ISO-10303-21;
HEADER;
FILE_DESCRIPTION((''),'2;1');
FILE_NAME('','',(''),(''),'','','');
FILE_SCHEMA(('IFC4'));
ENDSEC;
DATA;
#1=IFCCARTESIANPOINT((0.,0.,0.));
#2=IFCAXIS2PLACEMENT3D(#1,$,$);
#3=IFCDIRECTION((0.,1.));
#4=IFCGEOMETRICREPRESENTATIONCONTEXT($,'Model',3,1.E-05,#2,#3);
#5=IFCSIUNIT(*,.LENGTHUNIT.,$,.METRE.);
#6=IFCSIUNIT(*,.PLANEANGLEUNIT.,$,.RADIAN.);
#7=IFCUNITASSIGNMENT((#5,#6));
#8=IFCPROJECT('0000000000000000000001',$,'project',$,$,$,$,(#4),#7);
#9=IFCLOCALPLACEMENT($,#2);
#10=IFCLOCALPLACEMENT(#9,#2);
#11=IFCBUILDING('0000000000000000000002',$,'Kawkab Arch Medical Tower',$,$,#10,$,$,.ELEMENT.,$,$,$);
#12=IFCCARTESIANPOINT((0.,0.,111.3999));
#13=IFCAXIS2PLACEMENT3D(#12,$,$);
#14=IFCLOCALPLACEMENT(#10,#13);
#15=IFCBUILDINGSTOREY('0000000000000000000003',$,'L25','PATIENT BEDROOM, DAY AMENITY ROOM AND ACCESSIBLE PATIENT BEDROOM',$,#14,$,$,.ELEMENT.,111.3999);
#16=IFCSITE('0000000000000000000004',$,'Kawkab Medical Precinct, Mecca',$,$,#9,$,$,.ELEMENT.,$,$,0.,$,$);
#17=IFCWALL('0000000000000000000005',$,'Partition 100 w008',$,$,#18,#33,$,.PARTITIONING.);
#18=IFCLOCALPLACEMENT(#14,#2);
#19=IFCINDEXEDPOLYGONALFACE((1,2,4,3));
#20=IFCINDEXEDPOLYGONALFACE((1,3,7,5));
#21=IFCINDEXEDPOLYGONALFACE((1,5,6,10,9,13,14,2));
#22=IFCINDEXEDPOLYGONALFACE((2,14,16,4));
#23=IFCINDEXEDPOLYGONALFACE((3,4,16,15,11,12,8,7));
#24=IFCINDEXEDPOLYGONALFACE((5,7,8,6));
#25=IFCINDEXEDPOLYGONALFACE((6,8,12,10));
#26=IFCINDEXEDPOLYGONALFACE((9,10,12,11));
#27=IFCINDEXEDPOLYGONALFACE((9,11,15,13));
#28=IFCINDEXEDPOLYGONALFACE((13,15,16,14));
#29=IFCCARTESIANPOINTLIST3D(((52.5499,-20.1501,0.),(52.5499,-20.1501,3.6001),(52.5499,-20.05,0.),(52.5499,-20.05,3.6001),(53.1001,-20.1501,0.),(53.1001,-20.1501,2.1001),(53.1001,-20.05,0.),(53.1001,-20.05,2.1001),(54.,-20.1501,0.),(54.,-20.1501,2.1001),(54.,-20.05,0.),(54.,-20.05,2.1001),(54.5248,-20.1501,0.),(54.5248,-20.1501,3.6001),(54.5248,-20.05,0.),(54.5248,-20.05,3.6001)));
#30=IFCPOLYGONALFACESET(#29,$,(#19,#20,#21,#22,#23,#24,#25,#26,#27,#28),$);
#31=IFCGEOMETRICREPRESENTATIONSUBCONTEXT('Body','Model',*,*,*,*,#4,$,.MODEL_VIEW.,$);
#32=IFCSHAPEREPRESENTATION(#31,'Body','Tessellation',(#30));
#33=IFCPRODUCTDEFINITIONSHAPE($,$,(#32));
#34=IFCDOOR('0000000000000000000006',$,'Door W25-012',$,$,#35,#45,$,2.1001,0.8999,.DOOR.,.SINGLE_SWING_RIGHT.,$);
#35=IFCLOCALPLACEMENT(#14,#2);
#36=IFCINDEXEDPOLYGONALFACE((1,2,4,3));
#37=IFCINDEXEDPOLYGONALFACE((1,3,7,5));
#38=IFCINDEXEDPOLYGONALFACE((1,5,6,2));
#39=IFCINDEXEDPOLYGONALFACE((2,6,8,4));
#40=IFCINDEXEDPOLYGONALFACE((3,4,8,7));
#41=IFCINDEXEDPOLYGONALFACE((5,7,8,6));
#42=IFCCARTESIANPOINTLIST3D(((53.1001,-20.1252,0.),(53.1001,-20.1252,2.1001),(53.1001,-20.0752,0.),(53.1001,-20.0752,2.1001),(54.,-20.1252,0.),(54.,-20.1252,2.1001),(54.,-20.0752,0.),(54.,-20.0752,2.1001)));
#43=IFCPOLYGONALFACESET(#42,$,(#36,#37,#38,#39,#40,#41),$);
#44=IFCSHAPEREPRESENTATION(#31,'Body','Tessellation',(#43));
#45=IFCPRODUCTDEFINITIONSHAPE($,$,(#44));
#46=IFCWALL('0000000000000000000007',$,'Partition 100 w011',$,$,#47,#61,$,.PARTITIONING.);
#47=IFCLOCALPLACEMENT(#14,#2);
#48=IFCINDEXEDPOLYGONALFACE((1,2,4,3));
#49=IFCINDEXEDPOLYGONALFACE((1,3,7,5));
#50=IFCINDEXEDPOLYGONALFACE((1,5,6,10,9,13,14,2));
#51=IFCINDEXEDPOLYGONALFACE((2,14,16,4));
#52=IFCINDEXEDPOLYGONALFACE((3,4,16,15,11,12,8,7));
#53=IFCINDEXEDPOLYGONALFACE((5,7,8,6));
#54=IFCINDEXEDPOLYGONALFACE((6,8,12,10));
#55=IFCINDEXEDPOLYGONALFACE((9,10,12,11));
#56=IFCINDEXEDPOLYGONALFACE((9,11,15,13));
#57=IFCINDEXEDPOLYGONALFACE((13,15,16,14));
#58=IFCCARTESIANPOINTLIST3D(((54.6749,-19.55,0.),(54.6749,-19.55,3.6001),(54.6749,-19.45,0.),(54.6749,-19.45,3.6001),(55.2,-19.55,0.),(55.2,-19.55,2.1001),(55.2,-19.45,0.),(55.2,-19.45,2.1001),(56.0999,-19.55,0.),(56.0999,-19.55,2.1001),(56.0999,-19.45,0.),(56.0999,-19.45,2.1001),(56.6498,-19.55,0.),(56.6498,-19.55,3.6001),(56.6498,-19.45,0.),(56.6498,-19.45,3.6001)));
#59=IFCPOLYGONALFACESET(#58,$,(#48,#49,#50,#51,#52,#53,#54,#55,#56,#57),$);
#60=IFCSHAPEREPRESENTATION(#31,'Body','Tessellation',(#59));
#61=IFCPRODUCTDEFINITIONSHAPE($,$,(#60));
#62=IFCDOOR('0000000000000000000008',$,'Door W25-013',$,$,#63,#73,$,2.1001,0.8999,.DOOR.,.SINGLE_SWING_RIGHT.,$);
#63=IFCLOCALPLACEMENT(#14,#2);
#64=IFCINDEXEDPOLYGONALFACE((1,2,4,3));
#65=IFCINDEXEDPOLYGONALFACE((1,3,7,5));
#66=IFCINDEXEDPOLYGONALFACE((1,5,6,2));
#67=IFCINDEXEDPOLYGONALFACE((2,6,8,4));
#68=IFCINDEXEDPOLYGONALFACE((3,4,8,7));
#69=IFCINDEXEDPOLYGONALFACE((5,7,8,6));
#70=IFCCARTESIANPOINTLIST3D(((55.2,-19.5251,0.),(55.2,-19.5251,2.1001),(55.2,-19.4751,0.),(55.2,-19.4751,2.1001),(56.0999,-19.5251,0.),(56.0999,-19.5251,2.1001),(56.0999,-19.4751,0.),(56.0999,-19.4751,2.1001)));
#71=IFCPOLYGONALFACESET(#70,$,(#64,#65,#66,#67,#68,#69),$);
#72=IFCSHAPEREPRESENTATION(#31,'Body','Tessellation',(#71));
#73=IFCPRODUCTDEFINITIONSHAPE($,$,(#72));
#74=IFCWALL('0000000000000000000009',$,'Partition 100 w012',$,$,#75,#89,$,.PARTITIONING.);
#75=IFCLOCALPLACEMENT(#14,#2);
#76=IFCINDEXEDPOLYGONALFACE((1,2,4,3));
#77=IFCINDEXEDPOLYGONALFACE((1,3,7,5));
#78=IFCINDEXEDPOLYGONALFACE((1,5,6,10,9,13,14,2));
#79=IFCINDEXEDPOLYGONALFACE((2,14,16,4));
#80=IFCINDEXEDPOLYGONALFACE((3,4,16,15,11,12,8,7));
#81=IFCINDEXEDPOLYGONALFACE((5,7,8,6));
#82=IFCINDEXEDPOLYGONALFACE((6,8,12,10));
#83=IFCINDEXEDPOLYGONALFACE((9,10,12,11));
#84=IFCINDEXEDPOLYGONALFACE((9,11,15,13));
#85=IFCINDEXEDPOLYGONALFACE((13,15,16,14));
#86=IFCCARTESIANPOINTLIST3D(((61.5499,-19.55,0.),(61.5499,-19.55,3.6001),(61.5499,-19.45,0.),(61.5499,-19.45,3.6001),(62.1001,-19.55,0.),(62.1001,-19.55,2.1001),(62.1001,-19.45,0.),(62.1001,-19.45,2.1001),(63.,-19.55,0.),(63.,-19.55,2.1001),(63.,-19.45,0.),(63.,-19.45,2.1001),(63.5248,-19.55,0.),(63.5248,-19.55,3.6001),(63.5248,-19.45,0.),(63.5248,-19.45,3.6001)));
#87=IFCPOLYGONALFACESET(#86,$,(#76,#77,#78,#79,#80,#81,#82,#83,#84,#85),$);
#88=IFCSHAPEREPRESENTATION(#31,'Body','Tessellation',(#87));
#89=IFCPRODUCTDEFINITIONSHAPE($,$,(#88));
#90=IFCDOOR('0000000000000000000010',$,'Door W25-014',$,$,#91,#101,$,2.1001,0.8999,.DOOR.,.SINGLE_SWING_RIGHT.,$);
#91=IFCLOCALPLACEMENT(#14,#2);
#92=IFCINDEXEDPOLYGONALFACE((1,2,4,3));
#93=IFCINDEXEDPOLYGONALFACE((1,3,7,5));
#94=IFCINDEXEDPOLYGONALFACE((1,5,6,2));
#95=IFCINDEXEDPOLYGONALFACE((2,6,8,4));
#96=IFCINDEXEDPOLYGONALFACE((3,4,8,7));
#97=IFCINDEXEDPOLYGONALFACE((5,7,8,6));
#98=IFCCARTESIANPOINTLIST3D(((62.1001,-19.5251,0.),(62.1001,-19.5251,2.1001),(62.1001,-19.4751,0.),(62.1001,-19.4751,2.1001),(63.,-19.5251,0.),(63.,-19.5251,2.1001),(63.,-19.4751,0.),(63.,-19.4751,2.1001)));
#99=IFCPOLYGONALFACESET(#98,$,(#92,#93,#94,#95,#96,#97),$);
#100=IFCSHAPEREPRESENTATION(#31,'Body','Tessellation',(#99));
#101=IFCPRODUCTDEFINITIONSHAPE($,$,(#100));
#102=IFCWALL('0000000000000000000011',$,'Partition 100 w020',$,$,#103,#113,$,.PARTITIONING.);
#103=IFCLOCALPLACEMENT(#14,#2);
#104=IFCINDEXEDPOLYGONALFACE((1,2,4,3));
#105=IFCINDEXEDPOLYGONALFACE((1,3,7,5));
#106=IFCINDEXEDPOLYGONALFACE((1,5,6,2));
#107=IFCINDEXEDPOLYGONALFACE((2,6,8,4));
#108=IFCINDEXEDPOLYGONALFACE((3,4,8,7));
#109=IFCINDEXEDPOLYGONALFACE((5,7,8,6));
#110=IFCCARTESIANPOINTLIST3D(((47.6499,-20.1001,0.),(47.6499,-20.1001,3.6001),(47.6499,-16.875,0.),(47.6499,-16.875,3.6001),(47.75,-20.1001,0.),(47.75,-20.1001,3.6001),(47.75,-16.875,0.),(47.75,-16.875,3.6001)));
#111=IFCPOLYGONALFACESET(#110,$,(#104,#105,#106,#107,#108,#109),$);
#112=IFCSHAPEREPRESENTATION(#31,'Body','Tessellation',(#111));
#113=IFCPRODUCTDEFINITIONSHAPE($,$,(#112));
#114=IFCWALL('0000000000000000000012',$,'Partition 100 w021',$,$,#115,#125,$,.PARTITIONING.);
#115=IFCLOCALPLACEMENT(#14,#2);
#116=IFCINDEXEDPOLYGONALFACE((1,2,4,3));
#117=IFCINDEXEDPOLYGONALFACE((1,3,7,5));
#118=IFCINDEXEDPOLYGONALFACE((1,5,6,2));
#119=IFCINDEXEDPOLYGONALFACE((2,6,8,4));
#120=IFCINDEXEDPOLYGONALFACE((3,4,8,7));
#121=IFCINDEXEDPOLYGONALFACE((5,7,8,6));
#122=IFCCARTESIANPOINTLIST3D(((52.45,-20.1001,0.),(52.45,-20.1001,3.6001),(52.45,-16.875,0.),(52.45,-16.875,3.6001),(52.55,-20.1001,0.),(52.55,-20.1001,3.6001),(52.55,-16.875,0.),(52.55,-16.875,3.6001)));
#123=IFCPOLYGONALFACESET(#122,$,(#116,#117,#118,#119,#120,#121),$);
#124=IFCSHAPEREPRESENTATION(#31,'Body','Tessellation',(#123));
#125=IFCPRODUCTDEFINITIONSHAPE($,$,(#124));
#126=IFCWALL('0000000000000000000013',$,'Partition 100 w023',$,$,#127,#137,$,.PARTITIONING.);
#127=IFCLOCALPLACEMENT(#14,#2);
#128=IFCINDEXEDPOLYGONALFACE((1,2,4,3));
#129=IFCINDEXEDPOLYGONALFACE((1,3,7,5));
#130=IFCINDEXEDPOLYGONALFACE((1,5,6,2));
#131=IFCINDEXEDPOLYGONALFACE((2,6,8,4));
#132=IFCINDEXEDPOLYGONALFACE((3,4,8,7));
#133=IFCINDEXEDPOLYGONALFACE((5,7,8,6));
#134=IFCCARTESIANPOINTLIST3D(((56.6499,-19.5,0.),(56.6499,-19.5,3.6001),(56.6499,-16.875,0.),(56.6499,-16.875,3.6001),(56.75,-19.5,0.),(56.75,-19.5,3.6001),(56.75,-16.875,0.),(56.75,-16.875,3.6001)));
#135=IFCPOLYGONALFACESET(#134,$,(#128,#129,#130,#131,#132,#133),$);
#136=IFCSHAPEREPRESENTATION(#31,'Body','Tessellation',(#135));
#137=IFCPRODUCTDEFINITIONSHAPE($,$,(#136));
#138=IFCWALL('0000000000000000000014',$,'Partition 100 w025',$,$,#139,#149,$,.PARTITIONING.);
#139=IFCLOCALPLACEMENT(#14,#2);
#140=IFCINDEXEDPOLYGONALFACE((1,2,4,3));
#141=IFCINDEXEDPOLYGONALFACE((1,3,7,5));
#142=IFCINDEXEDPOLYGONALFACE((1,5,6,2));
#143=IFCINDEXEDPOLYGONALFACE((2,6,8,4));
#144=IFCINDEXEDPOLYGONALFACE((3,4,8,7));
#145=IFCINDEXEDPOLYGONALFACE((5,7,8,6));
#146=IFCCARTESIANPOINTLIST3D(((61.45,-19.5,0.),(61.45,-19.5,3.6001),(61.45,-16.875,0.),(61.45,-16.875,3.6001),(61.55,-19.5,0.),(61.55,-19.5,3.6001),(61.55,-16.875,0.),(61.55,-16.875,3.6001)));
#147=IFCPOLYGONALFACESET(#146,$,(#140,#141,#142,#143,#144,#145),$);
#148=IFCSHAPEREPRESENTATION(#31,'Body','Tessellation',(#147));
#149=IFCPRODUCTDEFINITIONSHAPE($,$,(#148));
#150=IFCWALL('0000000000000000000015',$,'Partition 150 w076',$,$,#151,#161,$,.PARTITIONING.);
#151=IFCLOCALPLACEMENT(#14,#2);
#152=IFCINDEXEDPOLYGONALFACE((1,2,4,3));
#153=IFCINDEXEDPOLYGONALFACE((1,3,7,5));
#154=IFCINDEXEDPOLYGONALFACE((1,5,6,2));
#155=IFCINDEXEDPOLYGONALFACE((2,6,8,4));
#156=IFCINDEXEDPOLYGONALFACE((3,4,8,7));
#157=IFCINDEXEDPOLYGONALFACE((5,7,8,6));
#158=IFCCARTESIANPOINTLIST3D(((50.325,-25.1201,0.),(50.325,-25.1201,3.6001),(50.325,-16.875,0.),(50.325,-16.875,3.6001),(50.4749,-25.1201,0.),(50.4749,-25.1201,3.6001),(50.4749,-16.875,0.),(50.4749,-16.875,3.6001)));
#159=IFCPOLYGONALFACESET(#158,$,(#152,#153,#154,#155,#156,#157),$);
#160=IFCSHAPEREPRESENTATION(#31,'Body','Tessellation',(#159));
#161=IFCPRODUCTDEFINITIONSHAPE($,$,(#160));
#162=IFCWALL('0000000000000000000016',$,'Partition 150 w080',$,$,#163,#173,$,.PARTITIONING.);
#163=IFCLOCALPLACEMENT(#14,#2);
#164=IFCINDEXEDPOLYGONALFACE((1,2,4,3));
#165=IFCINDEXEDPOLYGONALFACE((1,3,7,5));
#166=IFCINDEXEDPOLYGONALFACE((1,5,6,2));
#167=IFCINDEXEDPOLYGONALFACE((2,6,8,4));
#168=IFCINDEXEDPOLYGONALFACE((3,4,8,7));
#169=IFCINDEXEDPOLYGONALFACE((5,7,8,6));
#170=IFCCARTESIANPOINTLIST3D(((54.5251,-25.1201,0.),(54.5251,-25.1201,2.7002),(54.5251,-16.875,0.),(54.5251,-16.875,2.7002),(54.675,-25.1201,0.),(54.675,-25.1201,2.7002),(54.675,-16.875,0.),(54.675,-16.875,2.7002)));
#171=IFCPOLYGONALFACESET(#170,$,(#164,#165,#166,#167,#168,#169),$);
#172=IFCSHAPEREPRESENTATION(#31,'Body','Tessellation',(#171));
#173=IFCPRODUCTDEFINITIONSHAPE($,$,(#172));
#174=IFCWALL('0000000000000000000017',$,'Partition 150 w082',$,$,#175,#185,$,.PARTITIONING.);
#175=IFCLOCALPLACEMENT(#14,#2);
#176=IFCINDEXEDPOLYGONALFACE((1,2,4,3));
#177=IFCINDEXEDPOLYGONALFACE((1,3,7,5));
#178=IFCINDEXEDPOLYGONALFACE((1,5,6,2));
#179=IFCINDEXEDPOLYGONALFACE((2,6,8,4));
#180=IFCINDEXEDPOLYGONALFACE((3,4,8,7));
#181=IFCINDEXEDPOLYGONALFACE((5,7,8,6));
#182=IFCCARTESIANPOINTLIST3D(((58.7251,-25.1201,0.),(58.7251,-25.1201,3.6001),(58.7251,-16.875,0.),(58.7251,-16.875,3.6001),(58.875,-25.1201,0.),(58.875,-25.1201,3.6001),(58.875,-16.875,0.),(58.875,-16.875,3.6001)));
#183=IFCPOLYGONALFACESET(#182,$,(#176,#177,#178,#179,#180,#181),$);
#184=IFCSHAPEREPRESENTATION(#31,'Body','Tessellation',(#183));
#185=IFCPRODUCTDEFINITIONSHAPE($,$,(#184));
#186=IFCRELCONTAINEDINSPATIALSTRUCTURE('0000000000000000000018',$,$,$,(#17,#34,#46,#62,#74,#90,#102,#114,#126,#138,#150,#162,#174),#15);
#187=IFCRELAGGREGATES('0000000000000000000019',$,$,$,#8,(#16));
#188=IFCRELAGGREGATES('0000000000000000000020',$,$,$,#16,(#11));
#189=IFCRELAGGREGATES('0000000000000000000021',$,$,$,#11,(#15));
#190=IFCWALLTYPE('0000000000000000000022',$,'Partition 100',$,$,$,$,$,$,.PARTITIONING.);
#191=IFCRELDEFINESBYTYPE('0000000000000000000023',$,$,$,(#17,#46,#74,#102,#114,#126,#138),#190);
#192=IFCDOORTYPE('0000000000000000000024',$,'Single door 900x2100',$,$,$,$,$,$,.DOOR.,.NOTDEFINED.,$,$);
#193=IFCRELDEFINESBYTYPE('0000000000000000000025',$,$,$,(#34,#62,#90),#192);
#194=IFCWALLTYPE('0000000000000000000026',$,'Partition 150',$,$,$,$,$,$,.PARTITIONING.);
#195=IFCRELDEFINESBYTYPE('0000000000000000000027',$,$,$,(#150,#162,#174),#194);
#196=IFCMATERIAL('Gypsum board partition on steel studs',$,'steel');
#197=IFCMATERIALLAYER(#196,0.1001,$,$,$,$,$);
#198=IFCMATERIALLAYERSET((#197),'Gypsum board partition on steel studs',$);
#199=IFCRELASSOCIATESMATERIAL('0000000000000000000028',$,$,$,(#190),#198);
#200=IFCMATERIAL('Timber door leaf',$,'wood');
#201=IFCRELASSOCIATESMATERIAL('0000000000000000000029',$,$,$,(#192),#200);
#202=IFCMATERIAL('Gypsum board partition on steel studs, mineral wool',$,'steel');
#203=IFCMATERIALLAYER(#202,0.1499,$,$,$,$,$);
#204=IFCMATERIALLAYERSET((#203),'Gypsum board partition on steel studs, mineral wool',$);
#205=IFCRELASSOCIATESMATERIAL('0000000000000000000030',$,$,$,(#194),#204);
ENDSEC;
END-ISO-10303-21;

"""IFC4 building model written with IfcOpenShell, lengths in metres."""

from ifc_helpers import new_model, si_unit, direction, frame, frame_2d, origin, place, context, subcontext, project, spatial, rectangle, extrude, material, layer, layer_set, type_object, element, fill, save


model = new_model("IFC4")

# Units and contexts
model_context = context("Model", 3, precision=1e-05, world=origin(), true_north=direction((0.0, 1.0)))
body_context = subcontext(model_context, "Body", "Model", "MODEL_VIEW")
ifc_project = project(units=[si_unit("LENGTHUNIT", "METRE"), si_unit("PLANEANGLEUNIT", "RADIAN")], contexts=[model_context])

# Site, building, storey
site_placement = place(None, origin())
site = spatial("IfcSite", under=ifc_project, at=site_placement, Name="Kawkab Medical Precinct, Mecca", CompositionType="ELEMENT", RefElevation=0.0)
building_placement = place(site_placement, origin())
building = spatial("IfcBuilding", under=site, at=building_placement, Name="Kawkab Arch Medical Tower", CompositionType="ELEMENT")
storey_placement = place(building_placement, frame((0.0, 0.0, 111.3999)))
storey = spatial("IfcBuildingStorey", under=building, at=storey_placement, Name="L25", Description="PATIENT BEDROOM, DAY AMENITY ROOM AND ACCESSIBLE PATIENT BEDROOM", CompositionType="ELEMENT", Elevation=111.3999)

# Walls, openings, doors
ifc_material_1 = material(Name="Gypsum board partition on steel studs", Category="steel")
ifc_layer_1 = layer(ifc_material_1, 0.1001)
ifc_layer_set_1 = layer_set([ifc_layer_1], Name="Gypsum board partition on steel studs")
wall_type_1 = type_object("IfcWallType", Name="Partition 100", PredefinedType="PARTITIONING", material=ifc_layer_set_1)
wall_1_placement = place(storey_placement, frame((52.55, -20.1001, 0.0), z_axis=(0.0, 0.0, 1.0), x_axis=(1.0, 0.0, 0.0)))
wall_1 = element("IfcWall", 1, at=wall_1_placement, inside=storey, type_object=wall_type_1, Name="Partition 100 w008", PredefinedType="PARTITIONING", context=body_context, shape_type="SweptSolid", body=[
    extrude(rectangle(XDim=1.9749, YDim=0.1001, at=frame_2d((0.9873, 0.0))), origin(), (0.0, 0.0, 1.0), 3.6001),
])
opening_1_placement = place(wall_1_placement, frame((0.55, 0.0, 0.0)))
opening_1 = element("IfcOpeningElement", 2, at=opening_1_placement, cuts=wall_1, PredefinedType="OPENING", context=body_context, shape_type="SweptSolid", body=[
    extrude(rectangle(XDim=0.8999, YDim=2.1001, at=frame_2d((0.45, 1.05))), frame((0.0, 0.0601, 0.0), z_axis=(0.0, -1.0, 0.0), x_axis=(1.0, 0.0, 0.0)), (0.0, 0.0, 1.0), 0.1201),
])
ifc_material_2 = material(Name="Timber door leaf", Category="wood")
door_type = type_object("IfcDoorType", Name="Single door 900x2100", OperationType="NOTDEFINED", PredefinedType="DOOR", material=ifc_material_2)
door_1_placement = place(opening_1_placement, origin())
door_1 = element("IfcDoor", 3, at=door_1_placement, inside=storey, type_object=door_type, Name="Door W25-012", OperationType="SINGLE_SWING_RIGHT", OverallHeight=2.1001, OverallWidth=0.8999, PredefinedType="DOOR", context=body_context, shape_type="SweptSolid", body=[
    extrude(rectangle(XDim=0.8999, YDim=2.1001, at=frame_2d((0.45, 1.05))), frame((0.0, 0.0249, 0.0), z_axis=(0.0, -1.0, 0.0), x_axis=(1.0, 0.0, 0.0)), (0.0, 0.0, 1.0), 0.05),
])
fill(opening_1, door_1)
wall_2_placement = place(storey_placement, frame((54.675, -19.5, 0.0), z_axis=(0.0, 0.0, 1.0), x_axis=(1.0, 0.0, 0.0)))
wall_2 = element("IfcWall", 4, at=wall_2_placement, inside=storey, type_object=wall_type_1, Name="Partition 100 w011", PredefinedType="PARTITIONING", context=body_context, shape_type="SweptSolid", body=[
    extrude(rectangle(XDim=1.9749, YDim=0.1001, at=frame_2d((0.9873, 0.0))), origin(), (0.0, 0.0, 1.0), 3.6001),
])
opening_2_placement = place(wall_2_placement, frame((0.5249, 0.0, 0.0)))
opening_2 = element("IfcOpeningElement", 5, at=opening_2_placement, cuts=wall_2, PredefinedType="OPENING", context=body_context, shape_type="SweptSolid", body=[
    extrude(rectangle(XDim=0.8999, YDim=2.1001, at=frame_2d((0.45, 1.05))), frame((0.0, 0.0601, 0.0), z_axis=(0.0, -1.0, 0.0), x_axis=(1.0, 0.0, 0.0)), (0.0, 0.0, 1.0), 0.1201),
])
door_2_placement = place(opening_2_placement, origin())
door_2 = element("IfcDoor", 6, at=door_2_placement, inside=storey, type_object=door_type, Name="Door W25-013", OperationType="SINGLE_SWING_RIGHT", OverallHeight=2.1001, OverallWidth=0.8999, PredefinedType="DOOR", context=body_context, shape_type="SweptSolid", body=[
    extrude(rectangle(XDim=0.8999, YDim=2.1001, at=frame_2d((0.45, 1.05))), frame((0.0, 0.0249, 0.0), z_axis=(0.0, -1.0, 0.0), x_axis=(1.0, 0.0, 0.0)), (0.0, 0.0, 1.0), 0.05),
])
fill(opening_2, door_2)
wall_3_placement = place(storey_placement, frame((61.55, -19.5, 0.0), z_axis=(0.0, 0.0, 1.0), x_axis=(1.0, 0.0, 0.0)))
wall_3 = element("IfcWall", 7, at=wall_3_placement, inside=storey, type_object=wall_type_1, Name="Partition 100 w012", PredefinedType="PARTITIONING", context=body_context, shape_type="SweptSolid", body=[
    extrude(rectangle(XDim=1.9749, YDim=0.1001, at=frame_2d((0.9873, 0.0))), origin(), (0.0, 0.0, 1.0), 3.6001),
])
opening_3_placement = place(wall_3_placement, frame((0.55, 0.0, 0.0)))
opening_3 = element("IfcOpeningElement", 8, at=opening_3_placement, cuts=wall_3, PredefinedType="OPENING", context=body_context, shape_type="SweptSolid", body=[
    extrude(rectangle(XDim=0.8999, YDim=2.1001, at=frame_2d((0.45, 1.05))), frame((0.0, 0.0601, 0.0), z_axis=(0.0, -1.0, 0.0), x_axis=(1.0, 0.0, 0.0)), (0.0, 0.0, 1.0), 0.1201),
])
door_3_placement = place(opening_3_placement, origin())
door_3 = element("IfcDoor", 9, at=door_3_placement, inside=storey, type_object=door_type, Name="Door W25-014", OperationType="SINGLE_SWING_RIGHT", OverallHeight=2.1001, OverallWidth=0.8999, PredefinedType="DOOR", context=body_context, shape_type="SweptSolid", body=[
    extrude(rectangle(XDim=0.8999, YDim=2.1001, at=frame_2d((0.45, 1.05))), frame((0.0, 0.0249, 0.0), z_axis=(0.0, -1.0, 0.0), x_axis=(1.0, 0.0, 0.0)), (0.0, 0.0, 1.0), 0.05),
])
fill(opening_3, door_3)

# Walls
for number, where, z_axis, x_axis, name in (
    (10, (47.7, -20.1001, 0.0), (0.0, 0.0, 1.0), (0.0, 1.0, 0.0), "Partition 100 w020"),
    (11, (52.5, -20.1001, 0.0), (0.0, 0.0, 1.0), (0.0, 1.0, 0.0), "Partition 100 w021"),
):
    element("IfcWall", number, at=place(storey_placement, frame(where, z_axis=z_axis, x_axis=x_axis)), inside=storey, type_object=wall_type_1, Name=name, PredefinedType="PARTITIONING", context=body_context, shape_type="SweptSolid", body=[
        extrude(rectangle(XDim=3.2251, YDim=0.1001, at=frame_2d((1.6125, 0.0))), origin(), (0.0, 0.0, 1.0), 3.6001),
    ])
for number, where, z_axis, x_axis, name in (
    (12, (56.7, -19.5, 0.0), (0.0, 0.0, 1.0), (0.0, 1.0, 0.0), "Partition 100 w023"),
    (13, (61.5, -19.5, 0.0), (0.0, 0.0, 1.0), (0.0, 1.0, 0.0), "Partition 100 w025"),
):
    element("IfcWall", number, at=place(storey_placement, frame(where, z_axis=z_axis, x_axis=x_axis)), inside=storey, type_object=wall_type_1, Name=name, PredefinedType="PARTITIONING", context=body_context, shape_type="SweptSolid", body=[
        extrude(rectangle(XDim=2.625, YDim=0.1001, at=frame_2d((1.3125, 0.0))), origin(), (0.0, 0.0, 1.0), 3.6001),
    ])
ifc_material_3 = material(Name="Gypsum board partition on steel studs, mineral wool", Category="steel")
ifc_layer_2 = layer(ifc_material_3, 0.1499)
ifc_layer_set_2 = layer_set([ifc_layer_2], Name="Gypsum board partition on steel studs, mineral wool")
wall_type_2 = type_object("IfcWallType", Name="Partition 150", PredefinedType="PARTITIONING", material=ifc_layer_set_2)
wall_4_placement = place(storey_placement, frame((50.3999, -25.1201, 0.0), z_axis=(0.0, 0.0, 1.0), x_axis=(0.0, 1.0, 0.0)))
element("IfcWall", 14, at=wall_4_placement, inside=storey, type_object=wall_type_2, Name="Partition 150 w076", PredefinedType="PARTITIONING", context=body_context, shape_type="SweptSolid", body=[
    extrude(rectangle(XDim=8.2451, YDim=0.1499, at=frame_2d((4.1226, 0.0))), origin(), (0.0, 0.0, 1.0), 3.6001),
])
wall_5_placement = place(storey_placement, frame((54.6001, -25.1201, 0.0), z_axis=(0.0, 0.0, 1.0), x_axis=(0.0, 1.0, 0.0)))
element("IfcWall", 15, at=wall_5_placement, inside=storey, type_object=wall_type_2, Name="Partition 150 w080", PredefinedType="PARTITIONING", context=body_context, shape_type="SweptSolid", body=[
    extrude(rectangle(XDim=8.2451, YDim=0.1499, at=frame_2d((4.1226, 0.0))), origin(), (0.0, 0.0, 1.0), 2.7002),
])
wall_6_placement = place(storey_placement, frame((58.8, -25.1201, 0.0), z_axis=(0.0, 0.0, 1.0), x_axis=(0.0, 1.0, 0.0)))
element("IfcWall", 16, at=wall_6_placement, inside=storey, type_object=wall_type_2, Name="Partition 150 w082", PredefinedType="PARTITIONING", context=body_context, shape_type="SweptSolid", body=[
    extrude(rectangle(XDim=8.2451, YDim=0.1499, at=frame_2d((4.1226, 0.0))), origin(), (0.0, 0.0, 1.0), 3.6001),
])

save(model, "model.ifc")
